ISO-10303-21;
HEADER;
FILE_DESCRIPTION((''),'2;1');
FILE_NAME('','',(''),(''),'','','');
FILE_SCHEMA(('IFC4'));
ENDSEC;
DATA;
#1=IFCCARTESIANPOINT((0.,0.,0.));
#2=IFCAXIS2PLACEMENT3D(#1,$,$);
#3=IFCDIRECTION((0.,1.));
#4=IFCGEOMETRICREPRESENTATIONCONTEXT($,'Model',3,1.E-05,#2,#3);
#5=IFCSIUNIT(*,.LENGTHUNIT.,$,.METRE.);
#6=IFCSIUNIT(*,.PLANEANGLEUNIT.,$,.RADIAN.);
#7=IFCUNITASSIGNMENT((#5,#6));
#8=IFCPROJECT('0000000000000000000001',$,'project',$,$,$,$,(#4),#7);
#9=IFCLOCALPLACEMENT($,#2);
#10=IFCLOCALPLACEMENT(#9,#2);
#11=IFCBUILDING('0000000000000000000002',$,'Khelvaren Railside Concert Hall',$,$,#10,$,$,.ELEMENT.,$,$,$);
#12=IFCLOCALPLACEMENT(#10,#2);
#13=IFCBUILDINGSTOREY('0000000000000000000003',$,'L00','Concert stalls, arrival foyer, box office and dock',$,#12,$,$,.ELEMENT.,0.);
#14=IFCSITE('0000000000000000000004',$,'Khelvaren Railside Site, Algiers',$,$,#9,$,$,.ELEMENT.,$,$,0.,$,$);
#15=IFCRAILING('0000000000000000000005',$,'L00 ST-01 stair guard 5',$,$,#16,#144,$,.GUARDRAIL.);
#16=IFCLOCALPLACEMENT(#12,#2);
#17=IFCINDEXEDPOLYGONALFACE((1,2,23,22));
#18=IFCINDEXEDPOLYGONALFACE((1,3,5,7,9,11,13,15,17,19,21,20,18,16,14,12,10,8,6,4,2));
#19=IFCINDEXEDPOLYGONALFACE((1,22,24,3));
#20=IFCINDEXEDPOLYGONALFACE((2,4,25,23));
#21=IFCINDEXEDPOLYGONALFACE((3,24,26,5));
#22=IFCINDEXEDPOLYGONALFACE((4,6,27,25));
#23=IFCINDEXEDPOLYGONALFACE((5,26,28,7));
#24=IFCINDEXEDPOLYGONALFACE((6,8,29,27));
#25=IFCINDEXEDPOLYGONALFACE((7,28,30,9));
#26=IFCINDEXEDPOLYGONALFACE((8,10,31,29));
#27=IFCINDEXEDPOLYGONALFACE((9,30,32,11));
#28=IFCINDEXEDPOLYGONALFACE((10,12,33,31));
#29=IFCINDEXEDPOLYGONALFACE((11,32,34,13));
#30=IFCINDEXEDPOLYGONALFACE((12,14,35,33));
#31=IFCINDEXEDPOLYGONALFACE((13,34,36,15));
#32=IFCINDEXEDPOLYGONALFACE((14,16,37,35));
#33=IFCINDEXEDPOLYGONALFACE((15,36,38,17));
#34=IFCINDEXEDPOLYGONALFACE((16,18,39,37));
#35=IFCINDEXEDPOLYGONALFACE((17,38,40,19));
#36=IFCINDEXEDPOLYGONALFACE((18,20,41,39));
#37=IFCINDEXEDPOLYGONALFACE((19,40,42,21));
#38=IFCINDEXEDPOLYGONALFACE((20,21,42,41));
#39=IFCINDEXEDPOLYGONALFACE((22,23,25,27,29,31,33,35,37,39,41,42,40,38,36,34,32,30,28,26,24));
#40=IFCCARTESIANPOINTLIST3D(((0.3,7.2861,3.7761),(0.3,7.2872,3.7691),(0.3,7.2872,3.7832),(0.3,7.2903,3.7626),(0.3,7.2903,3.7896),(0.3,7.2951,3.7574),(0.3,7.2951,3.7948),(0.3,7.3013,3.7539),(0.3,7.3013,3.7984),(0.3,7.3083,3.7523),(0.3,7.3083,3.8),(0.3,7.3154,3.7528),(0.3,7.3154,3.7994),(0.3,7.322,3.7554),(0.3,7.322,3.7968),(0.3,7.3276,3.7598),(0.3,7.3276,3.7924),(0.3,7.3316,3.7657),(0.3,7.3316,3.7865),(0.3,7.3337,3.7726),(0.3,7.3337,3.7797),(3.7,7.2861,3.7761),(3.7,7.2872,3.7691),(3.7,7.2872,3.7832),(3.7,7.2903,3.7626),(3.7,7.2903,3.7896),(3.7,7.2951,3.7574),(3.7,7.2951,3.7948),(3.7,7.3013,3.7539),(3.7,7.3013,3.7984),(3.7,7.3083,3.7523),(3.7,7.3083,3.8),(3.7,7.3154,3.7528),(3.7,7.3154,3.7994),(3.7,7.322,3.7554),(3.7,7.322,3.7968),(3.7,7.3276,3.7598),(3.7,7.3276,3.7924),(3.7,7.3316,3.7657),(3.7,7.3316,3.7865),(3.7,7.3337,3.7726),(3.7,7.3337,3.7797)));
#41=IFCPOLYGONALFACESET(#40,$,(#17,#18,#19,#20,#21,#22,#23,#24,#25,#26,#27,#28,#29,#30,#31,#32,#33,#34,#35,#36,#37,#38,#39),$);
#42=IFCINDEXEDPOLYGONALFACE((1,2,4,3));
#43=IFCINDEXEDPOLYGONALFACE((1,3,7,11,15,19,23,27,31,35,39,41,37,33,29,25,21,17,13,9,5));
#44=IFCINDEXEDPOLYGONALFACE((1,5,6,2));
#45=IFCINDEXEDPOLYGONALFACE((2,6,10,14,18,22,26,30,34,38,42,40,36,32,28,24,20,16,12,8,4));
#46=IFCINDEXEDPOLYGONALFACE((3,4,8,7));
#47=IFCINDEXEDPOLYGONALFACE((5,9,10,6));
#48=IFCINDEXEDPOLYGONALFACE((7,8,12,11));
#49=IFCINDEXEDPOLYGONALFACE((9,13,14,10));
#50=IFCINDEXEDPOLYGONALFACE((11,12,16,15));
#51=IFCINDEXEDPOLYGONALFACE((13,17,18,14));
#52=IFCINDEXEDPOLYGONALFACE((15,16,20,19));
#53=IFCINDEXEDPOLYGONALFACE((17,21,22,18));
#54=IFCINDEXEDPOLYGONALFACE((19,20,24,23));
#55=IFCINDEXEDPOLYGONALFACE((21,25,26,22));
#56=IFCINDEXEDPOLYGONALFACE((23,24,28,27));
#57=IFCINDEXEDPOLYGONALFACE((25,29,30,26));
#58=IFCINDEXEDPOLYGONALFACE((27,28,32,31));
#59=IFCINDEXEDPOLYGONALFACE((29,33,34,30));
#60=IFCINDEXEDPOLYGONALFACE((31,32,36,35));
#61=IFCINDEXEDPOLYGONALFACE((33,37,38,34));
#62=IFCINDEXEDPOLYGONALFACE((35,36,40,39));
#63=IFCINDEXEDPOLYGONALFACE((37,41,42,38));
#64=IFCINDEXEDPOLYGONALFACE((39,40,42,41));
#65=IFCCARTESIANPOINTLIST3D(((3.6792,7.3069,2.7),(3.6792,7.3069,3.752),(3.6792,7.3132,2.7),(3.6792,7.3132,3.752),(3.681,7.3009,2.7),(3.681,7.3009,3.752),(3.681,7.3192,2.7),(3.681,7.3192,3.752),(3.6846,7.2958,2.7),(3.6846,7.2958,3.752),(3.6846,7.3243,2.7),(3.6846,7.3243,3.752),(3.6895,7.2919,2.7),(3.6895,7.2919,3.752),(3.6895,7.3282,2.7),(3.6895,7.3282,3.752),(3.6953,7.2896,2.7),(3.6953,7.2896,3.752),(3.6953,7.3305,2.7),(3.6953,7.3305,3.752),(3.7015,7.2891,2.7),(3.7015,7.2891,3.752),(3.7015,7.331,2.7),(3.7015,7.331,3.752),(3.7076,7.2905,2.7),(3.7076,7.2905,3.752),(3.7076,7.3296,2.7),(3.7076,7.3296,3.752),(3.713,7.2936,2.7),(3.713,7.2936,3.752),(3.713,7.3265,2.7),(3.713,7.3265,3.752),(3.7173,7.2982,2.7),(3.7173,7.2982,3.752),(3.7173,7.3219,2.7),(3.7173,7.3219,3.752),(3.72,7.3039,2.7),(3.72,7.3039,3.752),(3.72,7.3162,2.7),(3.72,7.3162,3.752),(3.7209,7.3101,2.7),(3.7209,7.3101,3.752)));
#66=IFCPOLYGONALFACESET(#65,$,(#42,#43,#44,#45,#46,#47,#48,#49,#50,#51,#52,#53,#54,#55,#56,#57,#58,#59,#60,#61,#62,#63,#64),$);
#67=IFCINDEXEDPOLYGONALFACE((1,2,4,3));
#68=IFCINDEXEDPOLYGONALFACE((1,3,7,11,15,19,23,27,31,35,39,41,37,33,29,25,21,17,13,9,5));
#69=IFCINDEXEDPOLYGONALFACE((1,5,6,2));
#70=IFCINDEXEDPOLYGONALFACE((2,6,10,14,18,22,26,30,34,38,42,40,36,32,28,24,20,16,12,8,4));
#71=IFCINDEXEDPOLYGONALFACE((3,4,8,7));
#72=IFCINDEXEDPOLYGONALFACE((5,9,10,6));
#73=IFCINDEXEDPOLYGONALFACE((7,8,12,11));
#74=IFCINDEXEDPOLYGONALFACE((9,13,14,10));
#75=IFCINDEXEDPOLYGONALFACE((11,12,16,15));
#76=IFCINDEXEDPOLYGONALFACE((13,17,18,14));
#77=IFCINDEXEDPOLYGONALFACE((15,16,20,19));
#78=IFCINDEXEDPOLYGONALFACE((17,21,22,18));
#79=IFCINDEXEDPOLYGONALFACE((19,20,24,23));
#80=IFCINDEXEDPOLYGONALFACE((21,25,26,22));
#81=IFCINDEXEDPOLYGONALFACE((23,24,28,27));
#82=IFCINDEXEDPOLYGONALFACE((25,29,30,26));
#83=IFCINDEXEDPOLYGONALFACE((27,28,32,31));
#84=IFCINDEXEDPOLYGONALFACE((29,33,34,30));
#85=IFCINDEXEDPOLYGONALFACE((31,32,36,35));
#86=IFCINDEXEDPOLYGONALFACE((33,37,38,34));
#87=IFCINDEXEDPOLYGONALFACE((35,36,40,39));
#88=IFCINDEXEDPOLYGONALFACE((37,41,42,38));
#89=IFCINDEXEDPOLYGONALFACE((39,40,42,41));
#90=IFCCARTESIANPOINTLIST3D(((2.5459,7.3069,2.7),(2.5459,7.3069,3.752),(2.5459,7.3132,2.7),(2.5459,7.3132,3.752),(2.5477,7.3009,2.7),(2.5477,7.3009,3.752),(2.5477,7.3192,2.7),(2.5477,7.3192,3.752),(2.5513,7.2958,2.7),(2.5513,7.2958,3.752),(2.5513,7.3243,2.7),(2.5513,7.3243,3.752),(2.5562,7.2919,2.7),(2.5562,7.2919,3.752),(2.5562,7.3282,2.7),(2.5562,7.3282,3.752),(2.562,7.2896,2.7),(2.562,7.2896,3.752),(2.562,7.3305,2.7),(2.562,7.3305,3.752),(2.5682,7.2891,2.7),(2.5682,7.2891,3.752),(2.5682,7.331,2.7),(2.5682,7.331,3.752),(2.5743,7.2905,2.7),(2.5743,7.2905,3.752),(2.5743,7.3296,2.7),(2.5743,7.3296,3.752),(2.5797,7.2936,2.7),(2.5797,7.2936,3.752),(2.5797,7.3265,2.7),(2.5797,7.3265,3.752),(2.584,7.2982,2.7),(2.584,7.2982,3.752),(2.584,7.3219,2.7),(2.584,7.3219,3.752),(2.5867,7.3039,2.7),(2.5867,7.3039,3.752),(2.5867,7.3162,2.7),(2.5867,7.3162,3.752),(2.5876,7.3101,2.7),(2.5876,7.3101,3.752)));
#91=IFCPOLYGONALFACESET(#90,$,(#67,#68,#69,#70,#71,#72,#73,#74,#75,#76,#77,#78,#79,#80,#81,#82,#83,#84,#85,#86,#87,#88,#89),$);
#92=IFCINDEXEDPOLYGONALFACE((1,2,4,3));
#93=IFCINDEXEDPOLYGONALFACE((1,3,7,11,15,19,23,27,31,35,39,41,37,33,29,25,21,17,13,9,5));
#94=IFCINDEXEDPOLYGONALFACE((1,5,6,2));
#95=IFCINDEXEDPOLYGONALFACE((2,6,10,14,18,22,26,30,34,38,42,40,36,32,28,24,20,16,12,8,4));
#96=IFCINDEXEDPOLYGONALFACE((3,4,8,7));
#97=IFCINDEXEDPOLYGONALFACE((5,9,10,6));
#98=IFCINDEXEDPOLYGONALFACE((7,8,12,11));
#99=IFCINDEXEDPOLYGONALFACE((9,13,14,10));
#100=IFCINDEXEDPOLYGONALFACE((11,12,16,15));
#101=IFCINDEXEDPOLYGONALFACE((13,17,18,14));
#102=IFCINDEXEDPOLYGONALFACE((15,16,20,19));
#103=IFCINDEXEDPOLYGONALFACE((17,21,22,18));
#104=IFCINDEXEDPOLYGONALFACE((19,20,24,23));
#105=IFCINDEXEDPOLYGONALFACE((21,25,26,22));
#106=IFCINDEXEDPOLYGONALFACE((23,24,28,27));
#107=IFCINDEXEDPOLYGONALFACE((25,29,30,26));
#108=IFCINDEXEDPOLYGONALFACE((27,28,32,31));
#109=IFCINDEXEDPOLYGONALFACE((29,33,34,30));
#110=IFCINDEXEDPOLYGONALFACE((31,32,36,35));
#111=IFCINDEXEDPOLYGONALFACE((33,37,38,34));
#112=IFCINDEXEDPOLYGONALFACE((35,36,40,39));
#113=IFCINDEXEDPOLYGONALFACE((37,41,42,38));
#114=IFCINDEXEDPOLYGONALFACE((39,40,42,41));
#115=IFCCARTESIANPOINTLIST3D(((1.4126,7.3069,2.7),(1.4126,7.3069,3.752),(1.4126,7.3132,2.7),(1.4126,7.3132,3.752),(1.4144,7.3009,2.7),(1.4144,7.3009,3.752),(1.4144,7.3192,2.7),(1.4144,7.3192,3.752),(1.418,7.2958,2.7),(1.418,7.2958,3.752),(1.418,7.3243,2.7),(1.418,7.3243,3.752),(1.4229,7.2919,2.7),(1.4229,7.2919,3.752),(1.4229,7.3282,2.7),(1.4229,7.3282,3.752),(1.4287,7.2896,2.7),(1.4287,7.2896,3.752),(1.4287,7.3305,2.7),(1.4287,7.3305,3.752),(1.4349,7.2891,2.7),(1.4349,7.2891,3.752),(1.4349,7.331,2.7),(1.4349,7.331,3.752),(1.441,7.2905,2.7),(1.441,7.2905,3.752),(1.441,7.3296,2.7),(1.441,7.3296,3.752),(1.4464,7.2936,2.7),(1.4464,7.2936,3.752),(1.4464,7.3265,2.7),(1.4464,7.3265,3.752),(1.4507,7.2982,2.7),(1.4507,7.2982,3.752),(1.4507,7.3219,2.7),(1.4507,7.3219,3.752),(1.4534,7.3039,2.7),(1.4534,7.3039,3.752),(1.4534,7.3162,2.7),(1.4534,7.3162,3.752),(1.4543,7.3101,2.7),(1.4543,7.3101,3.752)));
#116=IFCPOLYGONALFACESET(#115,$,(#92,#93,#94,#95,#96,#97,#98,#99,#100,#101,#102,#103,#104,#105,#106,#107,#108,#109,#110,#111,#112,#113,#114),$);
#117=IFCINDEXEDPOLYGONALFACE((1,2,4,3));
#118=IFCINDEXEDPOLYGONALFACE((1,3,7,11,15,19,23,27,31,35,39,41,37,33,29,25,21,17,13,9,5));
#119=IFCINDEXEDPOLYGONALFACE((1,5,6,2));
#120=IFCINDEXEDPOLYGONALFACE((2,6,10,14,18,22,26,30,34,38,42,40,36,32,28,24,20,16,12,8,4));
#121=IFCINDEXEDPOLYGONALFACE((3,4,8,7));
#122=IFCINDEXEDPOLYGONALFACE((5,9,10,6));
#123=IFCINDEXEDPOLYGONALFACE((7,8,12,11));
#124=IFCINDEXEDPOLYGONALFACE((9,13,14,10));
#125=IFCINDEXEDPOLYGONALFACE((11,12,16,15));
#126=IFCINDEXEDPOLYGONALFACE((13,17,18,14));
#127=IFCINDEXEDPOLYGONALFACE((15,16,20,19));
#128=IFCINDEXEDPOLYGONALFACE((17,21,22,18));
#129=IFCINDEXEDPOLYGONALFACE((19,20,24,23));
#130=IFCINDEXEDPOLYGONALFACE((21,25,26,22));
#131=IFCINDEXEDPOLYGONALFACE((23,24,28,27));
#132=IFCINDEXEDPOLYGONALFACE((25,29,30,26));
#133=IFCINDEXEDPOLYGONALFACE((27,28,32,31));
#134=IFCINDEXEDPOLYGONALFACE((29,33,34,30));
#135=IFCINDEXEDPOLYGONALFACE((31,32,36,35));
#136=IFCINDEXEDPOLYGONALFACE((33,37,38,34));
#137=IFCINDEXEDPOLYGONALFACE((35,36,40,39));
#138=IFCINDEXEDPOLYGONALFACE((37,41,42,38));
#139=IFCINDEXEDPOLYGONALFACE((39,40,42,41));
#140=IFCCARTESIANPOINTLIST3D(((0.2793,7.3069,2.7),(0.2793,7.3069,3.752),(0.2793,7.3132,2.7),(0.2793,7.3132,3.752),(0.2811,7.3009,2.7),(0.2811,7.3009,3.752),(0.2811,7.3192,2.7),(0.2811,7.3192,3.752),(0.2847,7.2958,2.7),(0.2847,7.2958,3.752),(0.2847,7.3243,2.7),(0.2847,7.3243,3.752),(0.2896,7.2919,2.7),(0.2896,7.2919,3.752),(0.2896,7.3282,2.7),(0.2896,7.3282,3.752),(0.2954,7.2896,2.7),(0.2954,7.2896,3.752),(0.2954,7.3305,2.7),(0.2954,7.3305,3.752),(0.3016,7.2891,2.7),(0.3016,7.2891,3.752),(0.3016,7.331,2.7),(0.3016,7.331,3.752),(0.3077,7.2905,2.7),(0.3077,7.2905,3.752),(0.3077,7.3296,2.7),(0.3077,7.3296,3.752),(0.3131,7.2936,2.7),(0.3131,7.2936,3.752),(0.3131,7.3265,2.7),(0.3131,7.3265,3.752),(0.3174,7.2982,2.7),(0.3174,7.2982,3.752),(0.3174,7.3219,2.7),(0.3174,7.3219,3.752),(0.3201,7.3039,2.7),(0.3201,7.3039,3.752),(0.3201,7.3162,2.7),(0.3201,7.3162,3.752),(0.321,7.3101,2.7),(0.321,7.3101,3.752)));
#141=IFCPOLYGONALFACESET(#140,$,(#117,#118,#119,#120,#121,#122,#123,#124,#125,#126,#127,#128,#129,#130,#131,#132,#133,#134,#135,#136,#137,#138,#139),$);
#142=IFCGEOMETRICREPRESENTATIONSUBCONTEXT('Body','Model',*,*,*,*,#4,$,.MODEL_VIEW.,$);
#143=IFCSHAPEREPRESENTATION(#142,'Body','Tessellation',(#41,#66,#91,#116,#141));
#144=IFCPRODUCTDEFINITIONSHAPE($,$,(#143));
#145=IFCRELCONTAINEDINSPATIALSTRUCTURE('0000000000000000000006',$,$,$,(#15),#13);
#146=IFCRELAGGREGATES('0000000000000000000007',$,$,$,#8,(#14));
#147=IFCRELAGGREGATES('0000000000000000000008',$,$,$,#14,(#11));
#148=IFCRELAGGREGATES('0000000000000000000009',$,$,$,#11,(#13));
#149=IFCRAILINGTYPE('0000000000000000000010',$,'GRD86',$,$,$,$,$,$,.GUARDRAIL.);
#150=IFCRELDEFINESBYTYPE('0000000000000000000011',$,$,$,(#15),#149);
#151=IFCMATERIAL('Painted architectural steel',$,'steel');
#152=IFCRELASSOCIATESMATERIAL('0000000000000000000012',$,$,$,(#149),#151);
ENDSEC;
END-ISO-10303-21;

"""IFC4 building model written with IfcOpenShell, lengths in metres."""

from ifc_helpers import new_model, si_unit, direction, frame, origin, origin_2d, place, context, subcontext, project, spatial, circle, extrude, material, type_object, element, save


model = new_model("IFC4")

# Units and contexts
model_context = context("Model", 3, precision=1e-05, world=origin(), true_north=direction((0.0, 1.0)))
body_context = subcontext(model_context, "Body", "Model", "MODEL_VIEW")
ifc_project = project(units=[si_unit("LENGTHUNIT", "METRE"), si_unit("PLANEANGLEUNIT", "RADIAN")], contexts=[model_context])

# Site, building, storey
site_placement = place(None, origin())
site = spatial("IfcSite", under=ifc_project, at=site_placement, Name="Khelvaren Railside Site, Algiers", CompositionType="ELEMENT", RefElevation=0.0)
building_placement = place(site_placement, origin())
building = spatial("IfcBuilding", under=site, at=building_placement, Name="Khelvaren Railside Concert Hall", CompositionType="ELEMENT")
storey_placement = place(building_placement, origin())
storey = spatial("IfcBuildingStorey", under=building, at=storey_placement, Name="L00", Description="Concert stalls, arrival foyer, box office and dock", CompositionType="ELEMENT", Elevation=0.0)

# Railing
ifc_material_1 = material(Name="Painted architectural steel", Category="steel")
railing_type_1 = type_object("IfcRailingType", Name="GRD86", PredefinedType="GUARDRAIL", material=ifc_material_1)
railing_1_placement = place(storey_placement, frame((3.7, 7.3101, 2.7)))
element("IfcRailing", 1, at=railing_1_placement, inside=storey, type_object=railing_type_1, Name="L00 ST-01 stair guard 5", PredefinedType="GUARDRAIL", context=body_context, shape_type="SweptSolid", body=[
    extrude(circle(Radius=0.0239, at=origin_2d()), frame((0.0, 0.0, 1.0762), z_axis=(-1.0, 0.0, 0.0), x_axis=(0.0, -1.0, 0.0)), (0.0, 0.0, 1.0), 3.3999),
    extrude(circle(Radius=0.021, at=origin_2d()), origin(), (0.0, 0.0, 1.0), 1.052),
    extrude(circle(Radius=0.021, at=origin_2d()), frame((-1.1333, 0.0, 0.0)), (0.0, 0.0, 1.0), 1.052),
    extrude(circle(Radius=0.021, at=origin_2d()), frame((-2.2666, 0.0, 0.0)), (0.0, 0.0, 1.0), 1.052),
    extrude(circle(Radius=0.021, at=origin_2d()), frame((-3.3999, 0.0, 0.0)), (0.0, 0.0, 1.0), 1.052),
])

save(model, "model.ifc")
